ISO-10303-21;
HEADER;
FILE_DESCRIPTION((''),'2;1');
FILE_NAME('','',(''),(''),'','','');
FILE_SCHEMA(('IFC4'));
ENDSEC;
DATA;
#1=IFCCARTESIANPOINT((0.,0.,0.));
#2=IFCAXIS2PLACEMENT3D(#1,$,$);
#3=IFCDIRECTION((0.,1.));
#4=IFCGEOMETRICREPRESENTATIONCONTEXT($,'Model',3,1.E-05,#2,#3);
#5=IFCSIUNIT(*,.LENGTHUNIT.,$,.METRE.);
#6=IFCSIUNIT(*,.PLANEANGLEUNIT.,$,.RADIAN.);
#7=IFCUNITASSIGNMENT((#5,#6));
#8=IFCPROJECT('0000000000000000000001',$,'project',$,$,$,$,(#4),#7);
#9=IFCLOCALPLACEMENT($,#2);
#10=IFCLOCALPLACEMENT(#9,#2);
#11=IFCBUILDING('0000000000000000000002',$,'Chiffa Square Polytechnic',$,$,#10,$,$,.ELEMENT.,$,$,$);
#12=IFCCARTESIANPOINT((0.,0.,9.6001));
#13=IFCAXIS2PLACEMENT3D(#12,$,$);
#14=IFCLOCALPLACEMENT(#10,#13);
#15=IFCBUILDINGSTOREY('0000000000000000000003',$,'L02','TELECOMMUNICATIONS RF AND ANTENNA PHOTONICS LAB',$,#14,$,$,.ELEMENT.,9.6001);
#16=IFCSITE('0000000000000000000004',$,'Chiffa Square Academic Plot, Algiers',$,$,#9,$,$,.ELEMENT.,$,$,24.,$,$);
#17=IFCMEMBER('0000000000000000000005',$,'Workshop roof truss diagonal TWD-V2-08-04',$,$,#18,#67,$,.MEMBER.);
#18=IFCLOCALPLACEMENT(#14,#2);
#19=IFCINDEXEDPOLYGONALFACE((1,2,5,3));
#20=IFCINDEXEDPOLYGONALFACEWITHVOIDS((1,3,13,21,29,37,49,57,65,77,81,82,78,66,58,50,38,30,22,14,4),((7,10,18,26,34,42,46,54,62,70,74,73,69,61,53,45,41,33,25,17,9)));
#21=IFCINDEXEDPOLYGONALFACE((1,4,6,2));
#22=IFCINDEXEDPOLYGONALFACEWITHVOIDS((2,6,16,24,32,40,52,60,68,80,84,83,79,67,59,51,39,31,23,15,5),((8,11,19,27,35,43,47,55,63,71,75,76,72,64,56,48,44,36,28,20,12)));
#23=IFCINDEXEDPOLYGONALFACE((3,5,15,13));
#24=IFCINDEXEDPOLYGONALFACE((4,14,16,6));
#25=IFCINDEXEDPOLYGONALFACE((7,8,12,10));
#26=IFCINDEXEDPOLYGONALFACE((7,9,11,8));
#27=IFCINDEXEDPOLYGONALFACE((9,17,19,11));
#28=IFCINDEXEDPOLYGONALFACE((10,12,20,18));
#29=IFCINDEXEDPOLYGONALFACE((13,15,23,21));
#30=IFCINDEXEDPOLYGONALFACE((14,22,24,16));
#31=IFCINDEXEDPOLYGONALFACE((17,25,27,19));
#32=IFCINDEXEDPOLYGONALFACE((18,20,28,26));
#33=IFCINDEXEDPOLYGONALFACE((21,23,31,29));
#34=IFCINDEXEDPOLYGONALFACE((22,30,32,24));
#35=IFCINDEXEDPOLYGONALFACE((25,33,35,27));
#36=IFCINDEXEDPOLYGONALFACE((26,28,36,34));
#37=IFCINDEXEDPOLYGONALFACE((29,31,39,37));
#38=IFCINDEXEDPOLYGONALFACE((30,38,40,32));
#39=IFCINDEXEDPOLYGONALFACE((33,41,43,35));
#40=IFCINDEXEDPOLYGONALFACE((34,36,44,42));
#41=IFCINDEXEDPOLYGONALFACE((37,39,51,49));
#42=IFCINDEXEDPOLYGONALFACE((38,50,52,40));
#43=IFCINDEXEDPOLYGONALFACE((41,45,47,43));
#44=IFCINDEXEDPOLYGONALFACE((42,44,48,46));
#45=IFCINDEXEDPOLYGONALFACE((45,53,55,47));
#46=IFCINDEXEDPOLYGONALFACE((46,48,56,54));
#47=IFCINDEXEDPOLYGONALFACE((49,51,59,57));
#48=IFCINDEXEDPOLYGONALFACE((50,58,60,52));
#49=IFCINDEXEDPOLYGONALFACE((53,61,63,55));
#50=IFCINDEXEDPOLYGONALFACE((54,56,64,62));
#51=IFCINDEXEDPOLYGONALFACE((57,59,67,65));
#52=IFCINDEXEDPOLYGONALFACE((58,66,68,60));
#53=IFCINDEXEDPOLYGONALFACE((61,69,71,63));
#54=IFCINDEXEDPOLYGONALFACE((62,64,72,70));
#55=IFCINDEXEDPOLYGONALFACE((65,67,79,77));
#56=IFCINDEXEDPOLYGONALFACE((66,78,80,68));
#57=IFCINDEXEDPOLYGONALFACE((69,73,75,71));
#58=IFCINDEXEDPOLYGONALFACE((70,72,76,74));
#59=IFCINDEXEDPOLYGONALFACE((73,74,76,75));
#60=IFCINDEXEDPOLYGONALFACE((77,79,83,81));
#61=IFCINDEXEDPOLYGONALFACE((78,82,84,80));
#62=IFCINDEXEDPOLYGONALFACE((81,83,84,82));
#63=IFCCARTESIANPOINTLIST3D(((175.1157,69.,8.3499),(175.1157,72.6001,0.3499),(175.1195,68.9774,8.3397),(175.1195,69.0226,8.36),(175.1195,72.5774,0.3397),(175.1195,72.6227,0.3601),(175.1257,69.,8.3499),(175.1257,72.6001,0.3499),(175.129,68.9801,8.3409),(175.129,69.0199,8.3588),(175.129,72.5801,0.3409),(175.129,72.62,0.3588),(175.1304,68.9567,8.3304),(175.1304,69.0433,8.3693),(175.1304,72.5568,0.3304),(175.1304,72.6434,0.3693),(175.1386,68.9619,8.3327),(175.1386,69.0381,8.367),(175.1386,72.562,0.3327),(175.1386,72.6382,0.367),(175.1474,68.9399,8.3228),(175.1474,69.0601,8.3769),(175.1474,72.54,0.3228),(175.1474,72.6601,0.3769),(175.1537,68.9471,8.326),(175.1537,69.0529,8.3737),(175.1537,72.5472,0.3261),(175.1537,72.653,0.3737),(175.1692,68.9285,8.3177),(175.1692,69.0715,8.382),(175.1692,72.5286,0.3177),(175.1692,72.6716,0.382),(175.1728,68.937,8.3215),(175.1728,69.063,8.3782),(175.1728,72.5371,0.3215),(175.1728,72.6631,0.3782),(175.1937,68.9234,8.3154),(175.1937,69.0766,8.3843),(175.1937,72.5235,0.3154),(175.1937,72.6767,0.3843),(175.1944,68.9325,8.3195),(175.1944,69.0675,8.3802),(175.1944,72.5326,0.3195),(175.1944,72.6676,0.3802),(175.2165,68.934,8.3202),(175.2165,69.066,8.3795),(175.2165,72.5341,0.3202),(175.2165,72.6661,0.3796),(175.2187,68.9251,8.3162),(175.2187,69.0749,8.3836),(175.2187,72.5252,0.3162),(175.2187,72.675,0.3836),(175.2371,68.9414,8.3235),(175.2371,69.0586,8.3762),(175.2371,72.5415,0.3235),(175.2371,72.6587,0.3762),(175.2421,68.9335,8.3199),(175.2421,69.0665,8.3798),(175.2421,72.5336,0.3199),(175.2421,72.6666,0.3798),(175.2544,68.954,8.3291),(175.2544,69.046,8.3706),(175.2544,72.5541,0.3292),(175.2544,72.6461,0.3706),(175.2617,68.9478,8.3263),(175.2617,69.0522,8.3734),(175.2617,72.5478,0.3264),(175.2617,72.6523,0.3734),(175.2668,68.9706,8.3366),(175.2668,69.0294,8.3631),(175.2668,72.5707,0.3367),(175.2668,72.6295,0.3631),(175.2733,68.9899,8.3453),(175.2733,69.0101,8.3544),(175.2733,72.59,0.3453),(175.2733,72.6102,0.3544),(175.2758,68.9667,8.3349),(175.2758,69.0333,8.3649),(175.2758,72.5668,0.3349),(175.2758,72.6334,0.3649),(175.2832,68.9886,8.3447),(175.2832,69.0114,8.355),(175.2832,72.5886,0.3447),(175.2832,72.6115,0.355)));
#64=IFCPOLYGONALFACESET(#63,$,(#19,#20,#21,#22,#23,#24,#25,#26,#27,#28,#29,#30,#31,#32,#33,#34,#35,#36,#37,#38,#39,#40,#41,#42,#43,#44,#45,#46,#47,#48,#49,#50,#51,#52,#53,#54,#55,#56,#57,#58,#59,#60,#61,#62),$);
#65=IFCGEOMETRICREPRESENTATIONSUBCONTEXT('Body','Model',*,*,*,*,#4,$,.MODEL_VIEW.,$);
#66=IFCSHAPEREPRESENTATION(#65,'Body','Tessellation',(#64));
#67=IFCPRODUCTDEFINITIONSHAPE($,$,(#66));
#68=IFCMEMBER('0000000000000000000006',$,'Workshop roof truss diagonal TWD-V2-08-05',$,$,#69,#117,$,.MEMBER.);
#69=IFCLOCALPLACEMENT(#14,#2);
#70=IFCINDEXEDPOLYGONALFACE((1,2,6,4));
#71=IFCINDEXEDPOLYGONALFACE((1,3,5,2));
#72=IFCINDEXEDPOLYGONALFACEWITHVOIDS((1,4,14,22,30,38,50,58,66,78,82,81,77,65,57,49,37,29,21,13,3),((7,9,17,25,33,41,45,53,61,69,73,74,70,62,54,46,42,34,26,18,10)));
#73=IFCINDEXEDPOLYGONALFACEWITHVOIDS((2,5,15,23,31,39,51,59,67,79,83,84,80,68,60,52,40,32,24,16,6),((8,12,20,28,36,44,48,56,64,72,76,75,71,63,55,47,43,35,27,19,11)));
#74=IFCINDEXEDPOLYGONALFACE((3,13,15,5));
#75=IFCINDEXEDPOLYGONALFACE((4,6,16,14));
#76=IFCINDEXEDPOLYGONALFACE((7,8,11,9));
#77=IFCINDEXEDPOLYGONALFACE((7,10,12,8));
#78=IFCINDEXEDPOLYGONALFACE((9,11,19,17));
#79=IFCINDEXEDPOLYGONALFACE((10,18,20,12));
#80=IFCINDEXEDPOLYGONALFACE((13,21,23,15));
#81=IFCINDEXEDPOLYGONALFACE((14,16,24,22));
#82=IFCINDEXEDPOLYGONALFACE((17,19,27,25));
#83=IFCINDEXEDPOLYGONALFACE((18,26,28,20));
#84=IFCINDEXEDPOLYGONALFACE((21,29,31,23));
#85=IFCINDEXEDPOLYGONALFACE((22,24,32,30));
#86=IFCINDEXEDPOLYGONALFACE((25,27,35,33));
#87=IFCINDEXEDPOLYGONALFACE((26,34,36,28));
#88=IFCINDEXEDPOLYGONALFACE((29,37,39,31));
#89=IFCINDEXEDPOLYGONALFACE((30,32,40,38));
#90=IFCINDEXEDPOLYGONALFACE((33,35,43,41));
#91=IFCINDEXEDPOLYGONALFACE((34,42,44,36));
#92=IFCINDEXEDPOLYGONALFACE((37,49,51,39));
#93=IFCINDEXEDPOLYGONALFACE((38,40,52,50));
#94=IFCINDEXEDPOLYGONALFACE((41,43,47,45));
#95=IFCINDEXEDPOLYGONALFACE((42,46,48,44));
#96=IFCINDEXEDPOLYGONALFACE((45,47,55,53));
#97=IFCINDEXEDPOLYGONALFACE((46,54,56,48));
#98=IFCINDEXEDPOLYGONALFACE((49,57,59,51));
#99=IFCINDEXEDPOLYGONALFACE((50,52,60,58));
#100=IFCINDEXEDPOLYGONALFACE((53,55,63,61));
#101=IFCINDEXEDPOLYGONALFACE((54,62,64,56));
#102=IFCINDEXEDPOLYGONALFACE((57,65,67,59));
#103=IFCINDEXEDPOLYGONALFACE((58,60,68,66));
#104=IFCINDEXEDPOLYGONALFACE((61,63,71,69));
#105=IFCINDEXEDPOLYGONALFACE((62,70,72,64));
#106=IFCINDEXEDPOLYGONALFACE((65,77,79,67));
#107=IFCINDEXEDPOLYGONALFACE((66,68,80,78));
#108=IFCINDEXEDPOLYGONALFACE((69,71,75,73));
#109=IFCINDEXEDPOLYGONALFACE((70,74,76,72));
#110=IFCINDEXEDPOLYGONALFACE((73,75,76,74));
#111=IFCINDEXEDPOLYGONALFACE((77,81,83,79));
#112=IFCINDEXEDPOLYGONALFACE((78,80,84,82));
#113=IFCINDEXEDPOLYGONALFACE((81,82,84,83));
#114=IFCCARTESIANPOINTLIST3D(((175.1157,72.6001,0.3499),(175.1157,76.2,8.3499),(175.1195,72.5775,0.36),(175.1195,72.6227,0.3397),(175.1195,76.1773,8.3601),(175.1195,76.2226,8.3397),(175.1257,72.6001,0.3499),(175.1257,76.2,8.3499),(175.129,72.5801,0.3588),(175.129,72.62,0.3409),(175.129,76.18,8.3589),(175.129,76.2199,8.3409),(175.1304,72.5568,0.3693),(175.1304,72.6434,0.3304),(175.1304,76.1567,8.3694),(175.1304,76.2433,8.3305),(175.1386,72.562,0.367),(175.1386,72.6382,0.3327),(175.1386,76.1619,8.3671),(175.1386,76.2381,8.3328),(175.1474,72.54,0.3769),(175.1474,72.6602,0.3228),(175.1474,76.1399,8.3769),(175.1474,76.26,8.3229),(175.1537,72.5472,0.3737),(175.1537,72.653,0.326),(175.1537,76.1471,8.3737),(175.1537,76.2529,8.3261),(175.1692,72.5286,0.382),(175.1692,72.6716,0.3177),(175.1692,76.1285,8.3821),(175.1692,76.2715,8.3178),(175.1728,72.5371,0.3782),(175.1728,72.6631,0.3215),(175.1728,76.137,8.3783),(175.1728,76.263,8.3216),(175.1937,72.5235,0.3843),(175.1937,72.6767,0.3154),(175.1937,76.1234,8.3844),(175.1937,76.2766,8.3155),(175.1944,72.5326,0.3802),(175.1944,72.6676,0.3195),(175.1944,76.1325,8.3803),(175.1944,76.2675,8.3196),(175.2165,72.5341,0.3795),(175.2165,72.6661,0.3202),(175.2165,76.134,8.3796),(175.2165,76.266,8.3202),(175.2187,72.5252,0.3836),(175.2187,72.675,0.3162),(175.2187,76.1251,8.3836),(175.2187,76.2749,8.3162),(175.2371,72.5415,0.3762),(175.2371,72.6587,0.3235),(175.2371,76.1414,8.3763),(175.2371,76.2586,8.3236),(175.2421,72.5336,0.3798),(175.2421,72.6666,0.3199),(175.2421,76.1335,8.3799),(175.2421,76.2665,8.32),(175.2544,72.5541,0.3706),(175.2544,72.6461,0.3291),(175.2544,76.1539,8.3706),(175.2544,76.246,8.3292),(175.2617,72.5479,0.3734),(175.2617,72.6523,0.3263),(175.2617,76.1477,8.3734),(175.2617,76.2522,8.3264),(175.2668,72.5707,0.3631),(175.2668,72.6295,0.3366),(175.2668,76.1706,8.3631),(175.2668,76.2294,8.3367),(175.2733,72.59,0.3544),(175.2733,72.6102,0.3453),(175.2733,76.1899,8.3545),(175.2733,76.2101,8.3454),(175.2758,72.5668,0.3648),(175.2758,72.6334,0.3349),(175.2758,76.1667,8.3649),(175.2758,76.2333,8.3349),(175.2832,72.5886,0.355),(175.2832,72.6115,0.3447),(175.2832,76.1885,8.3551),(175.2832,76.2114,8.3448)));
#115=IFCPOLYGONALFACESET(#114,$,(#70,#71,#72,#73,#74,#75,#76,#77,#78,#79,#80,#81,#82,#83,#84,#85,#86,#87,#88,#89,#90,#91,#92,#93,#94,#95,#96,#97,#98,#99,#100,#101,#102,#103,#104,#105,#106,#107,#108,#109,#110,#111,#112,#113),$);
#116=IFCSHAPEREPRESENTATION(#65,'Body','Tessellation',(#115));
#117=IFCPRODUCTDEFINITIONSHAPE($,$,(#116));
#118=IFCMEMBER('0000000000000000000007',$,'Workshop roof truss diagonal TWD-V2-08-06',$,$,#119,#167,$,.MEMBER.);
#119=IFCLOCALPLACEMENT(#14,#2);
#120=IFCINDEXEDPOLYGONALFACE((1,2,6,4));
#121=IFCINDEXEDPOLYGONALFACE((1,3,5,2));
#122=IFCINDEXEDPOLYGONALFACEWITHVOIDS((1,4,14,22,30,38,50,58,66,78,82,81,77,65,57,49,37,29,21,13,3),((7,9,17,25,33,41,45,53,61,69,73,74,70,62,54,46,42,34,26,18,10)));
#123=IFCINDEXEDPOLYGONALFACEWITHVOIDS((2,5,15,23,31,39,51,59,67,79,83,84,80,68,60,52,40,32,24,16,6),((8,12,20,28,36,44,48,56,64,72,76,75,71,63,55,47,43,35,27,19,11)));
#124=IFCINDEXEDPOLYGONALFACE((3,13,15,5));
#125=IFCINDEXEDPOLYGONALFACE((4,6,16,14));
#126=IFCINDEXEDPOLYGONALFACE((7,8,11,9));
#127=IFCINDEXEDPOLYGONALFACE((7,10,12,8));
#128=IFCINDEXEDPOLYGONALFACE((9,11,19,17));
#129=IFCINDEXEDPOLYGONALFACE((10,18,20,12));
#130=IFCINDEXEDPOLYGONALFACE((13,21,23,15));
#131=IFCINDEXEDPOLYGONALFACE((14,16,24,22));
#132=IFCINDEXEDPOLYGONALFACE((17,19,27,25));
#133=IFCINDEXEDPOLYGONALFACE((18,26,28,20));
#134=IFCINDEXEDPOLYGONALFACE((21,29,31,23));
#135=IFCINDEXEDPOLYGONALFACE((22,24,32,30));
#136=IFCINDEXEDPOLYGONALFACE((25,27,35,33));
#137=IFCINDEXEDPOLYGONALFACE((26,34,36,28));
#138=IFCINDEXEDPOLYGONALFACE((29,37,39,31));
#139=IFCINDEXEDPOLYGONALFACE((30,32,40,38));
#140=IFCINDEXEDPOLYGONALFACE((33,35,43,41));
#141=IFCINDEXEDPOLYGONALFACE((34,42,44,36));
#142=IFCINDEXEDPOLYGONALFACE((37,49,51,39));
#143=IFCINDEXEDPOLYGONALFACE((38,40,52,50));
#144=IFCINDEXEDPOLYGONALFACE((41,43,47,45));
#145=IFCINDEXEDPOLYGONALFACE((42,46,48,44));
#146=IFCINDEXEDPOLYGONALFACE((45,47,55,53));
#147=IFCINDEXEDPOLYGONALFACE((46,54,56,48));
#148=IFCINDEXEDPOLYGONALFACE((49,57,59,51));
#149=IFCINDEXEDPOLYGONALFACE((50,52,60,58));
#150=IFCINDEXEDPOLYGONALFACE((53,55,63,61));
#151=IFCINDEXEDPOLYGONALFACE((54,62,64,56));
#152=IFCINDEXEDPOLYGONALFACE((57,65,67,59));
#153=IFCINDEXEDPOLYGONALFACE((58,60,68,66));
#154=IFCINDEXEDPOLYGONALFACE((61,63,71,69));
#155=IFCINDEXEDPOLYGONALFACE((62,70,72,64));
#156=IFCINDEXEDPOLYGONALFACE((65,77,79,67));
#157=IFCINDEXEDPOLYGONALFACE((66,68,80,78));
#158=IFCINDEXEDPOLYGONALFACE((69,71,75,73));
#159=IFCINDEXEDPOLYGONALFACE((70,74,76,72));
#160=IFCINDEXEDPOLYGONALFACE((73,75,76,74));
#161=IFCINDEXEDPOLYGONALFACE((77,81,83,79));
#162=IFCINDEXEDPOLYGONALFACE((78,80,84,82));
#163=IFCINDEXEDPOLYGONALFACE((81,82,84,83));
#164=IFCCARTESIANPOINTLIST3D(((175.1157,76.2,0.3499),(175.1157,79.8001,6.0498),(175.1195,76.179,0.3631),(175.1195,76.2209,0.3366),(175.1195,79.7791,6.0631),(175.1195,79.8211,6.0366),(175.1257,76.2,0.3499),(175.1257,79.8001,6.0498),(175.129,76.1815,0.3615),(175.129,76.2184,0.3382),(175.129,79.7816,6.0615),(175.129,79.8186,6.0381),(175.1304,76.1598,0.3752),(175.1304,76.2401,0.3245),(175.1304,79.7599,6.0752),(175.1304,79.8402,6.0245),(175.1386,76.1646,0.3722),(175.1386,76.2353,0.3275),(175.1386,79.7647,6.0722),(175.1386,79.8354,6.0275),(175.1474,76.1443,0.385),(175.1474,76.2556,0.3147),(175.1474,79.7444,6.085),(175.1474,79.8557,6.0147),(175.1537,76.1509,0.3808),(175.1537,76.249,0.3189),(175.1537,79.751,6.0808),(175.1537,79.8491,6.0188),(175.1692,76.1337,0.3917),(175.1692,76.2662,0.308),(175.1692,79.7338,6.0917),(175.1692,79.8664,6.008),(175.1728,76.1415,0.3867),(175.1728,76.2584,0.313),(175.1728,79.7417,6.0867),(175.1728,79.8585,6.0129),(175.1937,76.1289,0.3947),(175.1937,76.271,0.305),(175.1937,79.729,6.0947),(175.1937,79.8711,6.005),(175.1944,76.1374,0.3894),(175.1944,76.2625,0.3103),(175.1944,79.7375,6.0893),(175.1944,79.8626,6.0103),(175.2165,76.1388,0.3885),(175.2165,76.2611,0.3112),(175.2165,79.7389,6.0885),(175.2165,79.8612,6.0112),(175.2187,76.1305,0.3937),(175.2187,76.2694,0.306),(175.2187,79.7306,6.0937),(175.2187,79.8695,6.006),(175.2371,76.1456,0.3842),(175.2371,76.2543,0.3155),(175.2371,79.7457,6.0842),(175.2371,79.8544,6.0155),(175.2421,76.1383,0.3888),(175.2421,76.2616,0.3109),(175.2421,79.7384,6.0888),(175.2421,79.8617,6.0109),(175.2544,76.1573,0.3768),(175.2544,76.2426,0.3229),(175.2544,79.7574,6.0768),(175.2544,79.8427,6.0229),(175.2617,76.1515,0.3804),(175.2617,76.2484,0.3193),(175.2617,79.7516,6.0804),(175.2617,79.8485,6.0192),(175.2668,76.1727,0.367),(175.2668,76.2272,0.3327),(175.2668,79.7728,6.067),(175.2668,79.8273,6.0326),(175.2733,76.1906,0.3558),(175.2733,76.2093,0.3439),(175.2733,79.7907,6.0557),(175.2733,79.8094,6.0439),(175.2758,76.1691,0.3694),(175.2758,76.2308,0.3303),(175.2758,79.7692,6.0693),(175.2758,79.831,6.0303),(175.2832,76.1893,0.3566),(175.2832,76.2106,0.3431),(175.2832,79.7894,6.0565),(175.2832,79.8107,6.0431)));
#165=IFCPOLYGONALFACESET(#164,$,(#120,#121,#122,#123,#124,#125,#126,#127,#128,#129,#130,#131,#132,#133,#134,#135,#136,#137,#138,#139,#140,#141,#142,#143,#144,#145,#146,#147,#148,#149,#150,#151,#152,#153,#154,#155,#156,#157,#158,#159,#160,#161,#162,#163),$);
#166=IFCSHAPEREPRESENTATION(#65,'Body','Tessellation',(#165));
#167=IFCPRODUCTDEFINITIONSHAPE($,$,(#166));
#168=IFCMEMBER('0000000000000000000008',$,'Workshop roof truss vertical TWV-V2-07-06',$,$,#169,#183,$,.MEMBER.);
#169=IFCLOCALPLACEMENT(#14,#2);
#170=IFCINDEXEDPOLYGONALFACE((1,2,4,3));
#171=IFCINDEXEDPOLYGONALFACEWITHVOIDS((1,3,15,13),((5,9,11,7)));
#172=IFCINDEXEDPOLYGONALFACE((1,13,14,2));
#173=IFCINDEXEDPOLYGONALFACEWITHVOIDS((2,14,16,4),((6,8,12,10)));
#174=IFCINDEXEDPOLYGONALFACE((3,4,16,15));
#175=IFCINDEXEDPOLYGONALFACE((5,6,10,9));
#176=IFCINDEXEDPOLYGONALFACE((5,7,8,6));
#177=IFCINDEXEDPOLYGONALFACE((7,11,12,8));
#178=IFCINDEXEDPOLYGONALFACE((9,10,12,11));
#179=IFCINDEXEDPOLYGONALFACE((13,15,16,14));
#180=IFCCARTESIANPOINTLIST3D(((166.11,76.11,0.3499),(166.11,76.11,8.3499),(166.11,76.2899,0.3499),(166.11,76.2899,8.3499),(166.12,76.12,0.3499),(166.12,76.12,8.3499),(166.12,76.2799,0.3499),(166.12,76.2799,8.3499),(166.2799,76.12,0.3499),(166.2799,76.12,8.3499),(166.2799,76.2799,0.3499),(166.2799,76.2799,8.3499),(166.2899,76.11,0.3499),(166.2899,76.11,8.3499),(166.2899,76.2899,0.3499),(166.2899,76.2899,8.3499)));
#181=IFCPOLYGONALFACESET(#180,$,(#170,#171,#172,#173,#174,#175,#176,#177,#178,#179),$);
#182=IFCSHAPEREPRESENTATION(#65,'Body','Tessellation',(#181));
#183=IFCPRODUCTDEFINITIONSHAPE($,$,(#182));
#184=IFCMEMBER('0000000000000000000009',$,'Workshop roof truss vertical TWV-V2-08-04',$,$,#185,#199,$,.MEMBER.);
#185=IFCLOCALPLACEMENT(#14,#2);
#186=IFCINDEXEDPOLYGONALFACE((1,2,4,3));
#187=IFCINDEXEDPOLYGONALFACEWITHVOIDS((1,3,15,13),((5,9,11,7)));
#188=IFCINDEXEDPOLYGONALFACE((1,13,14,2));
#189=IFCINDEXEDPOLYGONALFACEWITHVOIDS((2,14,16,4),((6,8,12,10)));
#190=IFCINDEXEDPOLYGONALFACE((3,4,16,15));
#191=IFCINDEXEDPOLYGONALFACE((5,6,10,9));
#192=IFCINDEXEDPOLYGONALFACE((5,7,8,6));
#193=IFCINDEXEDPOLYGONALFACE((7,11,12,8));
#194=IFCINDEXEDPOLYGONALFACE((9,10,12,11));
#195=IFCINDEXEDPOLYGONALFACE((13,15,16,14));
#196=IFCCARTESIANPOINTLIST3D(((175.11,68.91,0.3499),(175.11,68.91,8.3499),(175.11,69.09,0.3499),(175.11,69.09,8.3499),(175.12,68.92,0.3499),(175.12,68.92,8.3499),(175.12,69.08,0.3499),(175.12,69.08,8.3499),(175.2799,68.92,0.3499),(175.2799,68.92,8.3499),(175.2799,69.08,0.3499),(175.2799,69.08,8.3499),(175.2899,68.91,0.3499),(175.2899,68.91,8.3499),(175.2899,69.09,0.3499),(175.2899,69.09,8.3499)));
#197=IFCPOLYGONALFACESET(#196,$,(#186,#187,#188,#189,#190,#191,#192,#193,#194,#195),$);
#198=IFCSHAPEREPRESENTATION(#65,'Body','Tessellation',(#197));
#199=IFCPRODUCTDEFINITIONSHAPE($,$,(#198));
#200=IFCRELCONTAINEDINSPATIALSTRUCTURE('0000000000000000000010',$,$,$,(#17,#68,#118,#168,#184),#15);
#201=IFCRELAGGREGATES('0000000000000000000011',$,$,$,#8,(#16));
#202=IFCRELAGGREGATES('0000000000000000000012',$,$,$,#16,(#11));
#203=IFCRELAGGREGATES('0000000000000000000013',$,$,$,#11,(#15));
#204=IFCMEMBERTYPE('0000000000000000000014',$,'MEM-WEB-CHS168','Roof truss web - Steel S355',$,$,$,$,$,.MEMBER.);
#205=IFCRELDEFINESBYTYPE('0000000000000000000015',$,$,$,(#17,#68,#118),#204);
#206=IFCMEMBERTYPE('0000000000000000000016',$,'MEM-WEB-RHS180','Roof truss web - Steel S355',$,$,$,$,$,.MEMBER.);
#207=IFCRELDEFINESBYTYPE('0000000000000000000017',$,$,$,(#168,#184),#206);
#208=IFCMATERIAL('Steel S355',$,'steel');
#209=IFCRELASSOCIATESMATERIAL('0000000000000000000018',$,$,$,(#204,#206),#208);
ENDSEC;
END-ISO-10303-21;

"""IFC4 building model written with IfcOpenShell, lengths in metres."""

from ifc_helpers import new_model, si_unit, direction, frame, origin, origin_2d, place, context, subcontext, project, spatial, hollow_rectangle, hollow_circle, extrude, material, material_profile, profile_set, type_object, element, save


model = new_model("IFC4")

# Units and contexts
model_context = context("Model", 3, precision=1e-05, world=origin(), true_north=direction((0.0, 1.0)))
body_context = subcontext(model_context, "Body", "Model", "MODEL_VIEW")
ifc_project = project(units=[si_unit("LENGTHUNIT", "METRE"), si_unit("PLANEANGLEUNIT", "RADIAN")], contexts=[model_context])

# Site, building, storey
site_placement = place(None, origin())
site = spatial("IfcSite", under=ifc_project, at=site_placement, Name="Chiffa Square Academic Plot, Algiers", CompositionType="ELEMENT", RefElevation=24.0)
building_placement = place(site_placement, origin())
building = spatial("IfcBuilding", under=site, at=building_placement, Name="Chiffa Square Polytechnic", CompositionType="ELEMENT")
storey_placement = place(building_placement, frame((0.0, 0.0, 9.6001)))
storey = spatial("IfcBuildingStorey", under=building, at=storey_placement, Name="L02", Description="TELECOMMUNICATIONS RF AND ANTENNA PHOTONICS LAB", CompositionType="ELEMENT", Elevation=9.6001)

# Shared definitions
ifc_material_1 = material(Name="Steel S355", Category="steel")

# Members
ifc_material_profile_1 = material_profile(ifc_material_1, hollow_circle(Radius=0.0842, WallThickness=0.01, at=origin_2d()), Name="CHS 168.3x10")
ifc_profile_set_1 = profile_set([ifc_material_profile_1], Name="Steel S355")
member_type_1 = type_object("IfcMemberType", Name="MEM-WEB-CHS168", Description="Roof truss web - Steel S355", PredefinedType="MEMBER", material=ifc_profile_set_1)
for number, where, z_axis, x_axis, name in (
    (1, (175.2, 69.0, 8.3499), (0.0, 0.410374, -0.911917), (-1.0, 0.0, 0.0), "Workshop roof truss diagonal TWD-V2-08-04"),
    (2, (175.2, 72.6001, 0.3499), (0.0, 0.410351, 0.911928), (-1.0, 0.0, 0.0), "Workshop roof truss diagonal TWD-V2-08-05"),
):
    element("IfcMember", number, at=place(storey_placement, frame(where, z_axis=z_axis, x_axis=x_axis)), inside=storey, type_object=member_type_1, Name=name, PredefinedType="MEMBER", context=body_context, shape_type="SweptSolid", body=[
        extrude(hollow_circle(Radius=0.0842, WallThickness=0.01, at=origin_2d()), origin(), (0.0, 0.0, 1.0), 8.7727),
    ])
member_1_placement = place(storey_placement, frame((175.2, 76.2, 0.3499), z_axis=(0.0, 0.534007, 0.84548), x_axis=(-1.0, 0.0, 0.0)))
element("IfcMember", 3, at=member_1_placement, inside=storey, type_object=member_type_1, Name="Workshop roof truss diagonal TWD-V2-08-06", PredefinedType="MEMBER", context=body_context, shape_type="SweptSolid", body=[
    extrude(hollow_circle(Radius=0.0842, WallThickness=0.01, at=origin_2d()), origin(), (0.0, 0.0, 1.0), 6.7417),
])
ifc_material_profile_2 = material_profile(ifc_material_1, hollow_rectangle(XDim=0.1799, YDim=0.1799, WallThickness=0.01, at=origin_2d()), Name="RHS 180x180x10")
ifc_profile_set_2 = profile_set([ifc_material_profile_2], Name="Steel S355")
member_type_2 = type_object("IfcMemberType", Name="MEM-WEB-RHS180", Description="Roof truss web - Steel S355", PredefinedType="MEMBER", material=ifc_profile_set_2)
for number, where, z_axis, x_axis, name in (
    (4, (166.2, 76.2, 0.3499), (0.0, 0.0, 1.0), (1.0, 0.0, 0.0), "Workshop roof truss vertical TWV-V2-07-06"),
    (5, (175.2, 69.0, 0.3499), (0.0, 0.0, 1.0), (1.0, 0.0, 0.0), "Workshop roof truss vertical TWV-V2-08-04"),
):
    element("IfcMember", number, at=place(storey_placement, frame(where, z_axis=z_axis, x_axis=x_axis)), inside=storey, type_object=member_type_2, Name=name, PredefinedType="MEMBER", context=body_context, shape_type="SweptSolid", body=[
        extrude(hollow_rectangle(XDim=0.1799, YDim=0.1799, WallThickness=0.01, at=origin_2d()), origin(), (0.0, 0.0, 1.0), 8.0),
    ])

save(model, "model.ifc")
